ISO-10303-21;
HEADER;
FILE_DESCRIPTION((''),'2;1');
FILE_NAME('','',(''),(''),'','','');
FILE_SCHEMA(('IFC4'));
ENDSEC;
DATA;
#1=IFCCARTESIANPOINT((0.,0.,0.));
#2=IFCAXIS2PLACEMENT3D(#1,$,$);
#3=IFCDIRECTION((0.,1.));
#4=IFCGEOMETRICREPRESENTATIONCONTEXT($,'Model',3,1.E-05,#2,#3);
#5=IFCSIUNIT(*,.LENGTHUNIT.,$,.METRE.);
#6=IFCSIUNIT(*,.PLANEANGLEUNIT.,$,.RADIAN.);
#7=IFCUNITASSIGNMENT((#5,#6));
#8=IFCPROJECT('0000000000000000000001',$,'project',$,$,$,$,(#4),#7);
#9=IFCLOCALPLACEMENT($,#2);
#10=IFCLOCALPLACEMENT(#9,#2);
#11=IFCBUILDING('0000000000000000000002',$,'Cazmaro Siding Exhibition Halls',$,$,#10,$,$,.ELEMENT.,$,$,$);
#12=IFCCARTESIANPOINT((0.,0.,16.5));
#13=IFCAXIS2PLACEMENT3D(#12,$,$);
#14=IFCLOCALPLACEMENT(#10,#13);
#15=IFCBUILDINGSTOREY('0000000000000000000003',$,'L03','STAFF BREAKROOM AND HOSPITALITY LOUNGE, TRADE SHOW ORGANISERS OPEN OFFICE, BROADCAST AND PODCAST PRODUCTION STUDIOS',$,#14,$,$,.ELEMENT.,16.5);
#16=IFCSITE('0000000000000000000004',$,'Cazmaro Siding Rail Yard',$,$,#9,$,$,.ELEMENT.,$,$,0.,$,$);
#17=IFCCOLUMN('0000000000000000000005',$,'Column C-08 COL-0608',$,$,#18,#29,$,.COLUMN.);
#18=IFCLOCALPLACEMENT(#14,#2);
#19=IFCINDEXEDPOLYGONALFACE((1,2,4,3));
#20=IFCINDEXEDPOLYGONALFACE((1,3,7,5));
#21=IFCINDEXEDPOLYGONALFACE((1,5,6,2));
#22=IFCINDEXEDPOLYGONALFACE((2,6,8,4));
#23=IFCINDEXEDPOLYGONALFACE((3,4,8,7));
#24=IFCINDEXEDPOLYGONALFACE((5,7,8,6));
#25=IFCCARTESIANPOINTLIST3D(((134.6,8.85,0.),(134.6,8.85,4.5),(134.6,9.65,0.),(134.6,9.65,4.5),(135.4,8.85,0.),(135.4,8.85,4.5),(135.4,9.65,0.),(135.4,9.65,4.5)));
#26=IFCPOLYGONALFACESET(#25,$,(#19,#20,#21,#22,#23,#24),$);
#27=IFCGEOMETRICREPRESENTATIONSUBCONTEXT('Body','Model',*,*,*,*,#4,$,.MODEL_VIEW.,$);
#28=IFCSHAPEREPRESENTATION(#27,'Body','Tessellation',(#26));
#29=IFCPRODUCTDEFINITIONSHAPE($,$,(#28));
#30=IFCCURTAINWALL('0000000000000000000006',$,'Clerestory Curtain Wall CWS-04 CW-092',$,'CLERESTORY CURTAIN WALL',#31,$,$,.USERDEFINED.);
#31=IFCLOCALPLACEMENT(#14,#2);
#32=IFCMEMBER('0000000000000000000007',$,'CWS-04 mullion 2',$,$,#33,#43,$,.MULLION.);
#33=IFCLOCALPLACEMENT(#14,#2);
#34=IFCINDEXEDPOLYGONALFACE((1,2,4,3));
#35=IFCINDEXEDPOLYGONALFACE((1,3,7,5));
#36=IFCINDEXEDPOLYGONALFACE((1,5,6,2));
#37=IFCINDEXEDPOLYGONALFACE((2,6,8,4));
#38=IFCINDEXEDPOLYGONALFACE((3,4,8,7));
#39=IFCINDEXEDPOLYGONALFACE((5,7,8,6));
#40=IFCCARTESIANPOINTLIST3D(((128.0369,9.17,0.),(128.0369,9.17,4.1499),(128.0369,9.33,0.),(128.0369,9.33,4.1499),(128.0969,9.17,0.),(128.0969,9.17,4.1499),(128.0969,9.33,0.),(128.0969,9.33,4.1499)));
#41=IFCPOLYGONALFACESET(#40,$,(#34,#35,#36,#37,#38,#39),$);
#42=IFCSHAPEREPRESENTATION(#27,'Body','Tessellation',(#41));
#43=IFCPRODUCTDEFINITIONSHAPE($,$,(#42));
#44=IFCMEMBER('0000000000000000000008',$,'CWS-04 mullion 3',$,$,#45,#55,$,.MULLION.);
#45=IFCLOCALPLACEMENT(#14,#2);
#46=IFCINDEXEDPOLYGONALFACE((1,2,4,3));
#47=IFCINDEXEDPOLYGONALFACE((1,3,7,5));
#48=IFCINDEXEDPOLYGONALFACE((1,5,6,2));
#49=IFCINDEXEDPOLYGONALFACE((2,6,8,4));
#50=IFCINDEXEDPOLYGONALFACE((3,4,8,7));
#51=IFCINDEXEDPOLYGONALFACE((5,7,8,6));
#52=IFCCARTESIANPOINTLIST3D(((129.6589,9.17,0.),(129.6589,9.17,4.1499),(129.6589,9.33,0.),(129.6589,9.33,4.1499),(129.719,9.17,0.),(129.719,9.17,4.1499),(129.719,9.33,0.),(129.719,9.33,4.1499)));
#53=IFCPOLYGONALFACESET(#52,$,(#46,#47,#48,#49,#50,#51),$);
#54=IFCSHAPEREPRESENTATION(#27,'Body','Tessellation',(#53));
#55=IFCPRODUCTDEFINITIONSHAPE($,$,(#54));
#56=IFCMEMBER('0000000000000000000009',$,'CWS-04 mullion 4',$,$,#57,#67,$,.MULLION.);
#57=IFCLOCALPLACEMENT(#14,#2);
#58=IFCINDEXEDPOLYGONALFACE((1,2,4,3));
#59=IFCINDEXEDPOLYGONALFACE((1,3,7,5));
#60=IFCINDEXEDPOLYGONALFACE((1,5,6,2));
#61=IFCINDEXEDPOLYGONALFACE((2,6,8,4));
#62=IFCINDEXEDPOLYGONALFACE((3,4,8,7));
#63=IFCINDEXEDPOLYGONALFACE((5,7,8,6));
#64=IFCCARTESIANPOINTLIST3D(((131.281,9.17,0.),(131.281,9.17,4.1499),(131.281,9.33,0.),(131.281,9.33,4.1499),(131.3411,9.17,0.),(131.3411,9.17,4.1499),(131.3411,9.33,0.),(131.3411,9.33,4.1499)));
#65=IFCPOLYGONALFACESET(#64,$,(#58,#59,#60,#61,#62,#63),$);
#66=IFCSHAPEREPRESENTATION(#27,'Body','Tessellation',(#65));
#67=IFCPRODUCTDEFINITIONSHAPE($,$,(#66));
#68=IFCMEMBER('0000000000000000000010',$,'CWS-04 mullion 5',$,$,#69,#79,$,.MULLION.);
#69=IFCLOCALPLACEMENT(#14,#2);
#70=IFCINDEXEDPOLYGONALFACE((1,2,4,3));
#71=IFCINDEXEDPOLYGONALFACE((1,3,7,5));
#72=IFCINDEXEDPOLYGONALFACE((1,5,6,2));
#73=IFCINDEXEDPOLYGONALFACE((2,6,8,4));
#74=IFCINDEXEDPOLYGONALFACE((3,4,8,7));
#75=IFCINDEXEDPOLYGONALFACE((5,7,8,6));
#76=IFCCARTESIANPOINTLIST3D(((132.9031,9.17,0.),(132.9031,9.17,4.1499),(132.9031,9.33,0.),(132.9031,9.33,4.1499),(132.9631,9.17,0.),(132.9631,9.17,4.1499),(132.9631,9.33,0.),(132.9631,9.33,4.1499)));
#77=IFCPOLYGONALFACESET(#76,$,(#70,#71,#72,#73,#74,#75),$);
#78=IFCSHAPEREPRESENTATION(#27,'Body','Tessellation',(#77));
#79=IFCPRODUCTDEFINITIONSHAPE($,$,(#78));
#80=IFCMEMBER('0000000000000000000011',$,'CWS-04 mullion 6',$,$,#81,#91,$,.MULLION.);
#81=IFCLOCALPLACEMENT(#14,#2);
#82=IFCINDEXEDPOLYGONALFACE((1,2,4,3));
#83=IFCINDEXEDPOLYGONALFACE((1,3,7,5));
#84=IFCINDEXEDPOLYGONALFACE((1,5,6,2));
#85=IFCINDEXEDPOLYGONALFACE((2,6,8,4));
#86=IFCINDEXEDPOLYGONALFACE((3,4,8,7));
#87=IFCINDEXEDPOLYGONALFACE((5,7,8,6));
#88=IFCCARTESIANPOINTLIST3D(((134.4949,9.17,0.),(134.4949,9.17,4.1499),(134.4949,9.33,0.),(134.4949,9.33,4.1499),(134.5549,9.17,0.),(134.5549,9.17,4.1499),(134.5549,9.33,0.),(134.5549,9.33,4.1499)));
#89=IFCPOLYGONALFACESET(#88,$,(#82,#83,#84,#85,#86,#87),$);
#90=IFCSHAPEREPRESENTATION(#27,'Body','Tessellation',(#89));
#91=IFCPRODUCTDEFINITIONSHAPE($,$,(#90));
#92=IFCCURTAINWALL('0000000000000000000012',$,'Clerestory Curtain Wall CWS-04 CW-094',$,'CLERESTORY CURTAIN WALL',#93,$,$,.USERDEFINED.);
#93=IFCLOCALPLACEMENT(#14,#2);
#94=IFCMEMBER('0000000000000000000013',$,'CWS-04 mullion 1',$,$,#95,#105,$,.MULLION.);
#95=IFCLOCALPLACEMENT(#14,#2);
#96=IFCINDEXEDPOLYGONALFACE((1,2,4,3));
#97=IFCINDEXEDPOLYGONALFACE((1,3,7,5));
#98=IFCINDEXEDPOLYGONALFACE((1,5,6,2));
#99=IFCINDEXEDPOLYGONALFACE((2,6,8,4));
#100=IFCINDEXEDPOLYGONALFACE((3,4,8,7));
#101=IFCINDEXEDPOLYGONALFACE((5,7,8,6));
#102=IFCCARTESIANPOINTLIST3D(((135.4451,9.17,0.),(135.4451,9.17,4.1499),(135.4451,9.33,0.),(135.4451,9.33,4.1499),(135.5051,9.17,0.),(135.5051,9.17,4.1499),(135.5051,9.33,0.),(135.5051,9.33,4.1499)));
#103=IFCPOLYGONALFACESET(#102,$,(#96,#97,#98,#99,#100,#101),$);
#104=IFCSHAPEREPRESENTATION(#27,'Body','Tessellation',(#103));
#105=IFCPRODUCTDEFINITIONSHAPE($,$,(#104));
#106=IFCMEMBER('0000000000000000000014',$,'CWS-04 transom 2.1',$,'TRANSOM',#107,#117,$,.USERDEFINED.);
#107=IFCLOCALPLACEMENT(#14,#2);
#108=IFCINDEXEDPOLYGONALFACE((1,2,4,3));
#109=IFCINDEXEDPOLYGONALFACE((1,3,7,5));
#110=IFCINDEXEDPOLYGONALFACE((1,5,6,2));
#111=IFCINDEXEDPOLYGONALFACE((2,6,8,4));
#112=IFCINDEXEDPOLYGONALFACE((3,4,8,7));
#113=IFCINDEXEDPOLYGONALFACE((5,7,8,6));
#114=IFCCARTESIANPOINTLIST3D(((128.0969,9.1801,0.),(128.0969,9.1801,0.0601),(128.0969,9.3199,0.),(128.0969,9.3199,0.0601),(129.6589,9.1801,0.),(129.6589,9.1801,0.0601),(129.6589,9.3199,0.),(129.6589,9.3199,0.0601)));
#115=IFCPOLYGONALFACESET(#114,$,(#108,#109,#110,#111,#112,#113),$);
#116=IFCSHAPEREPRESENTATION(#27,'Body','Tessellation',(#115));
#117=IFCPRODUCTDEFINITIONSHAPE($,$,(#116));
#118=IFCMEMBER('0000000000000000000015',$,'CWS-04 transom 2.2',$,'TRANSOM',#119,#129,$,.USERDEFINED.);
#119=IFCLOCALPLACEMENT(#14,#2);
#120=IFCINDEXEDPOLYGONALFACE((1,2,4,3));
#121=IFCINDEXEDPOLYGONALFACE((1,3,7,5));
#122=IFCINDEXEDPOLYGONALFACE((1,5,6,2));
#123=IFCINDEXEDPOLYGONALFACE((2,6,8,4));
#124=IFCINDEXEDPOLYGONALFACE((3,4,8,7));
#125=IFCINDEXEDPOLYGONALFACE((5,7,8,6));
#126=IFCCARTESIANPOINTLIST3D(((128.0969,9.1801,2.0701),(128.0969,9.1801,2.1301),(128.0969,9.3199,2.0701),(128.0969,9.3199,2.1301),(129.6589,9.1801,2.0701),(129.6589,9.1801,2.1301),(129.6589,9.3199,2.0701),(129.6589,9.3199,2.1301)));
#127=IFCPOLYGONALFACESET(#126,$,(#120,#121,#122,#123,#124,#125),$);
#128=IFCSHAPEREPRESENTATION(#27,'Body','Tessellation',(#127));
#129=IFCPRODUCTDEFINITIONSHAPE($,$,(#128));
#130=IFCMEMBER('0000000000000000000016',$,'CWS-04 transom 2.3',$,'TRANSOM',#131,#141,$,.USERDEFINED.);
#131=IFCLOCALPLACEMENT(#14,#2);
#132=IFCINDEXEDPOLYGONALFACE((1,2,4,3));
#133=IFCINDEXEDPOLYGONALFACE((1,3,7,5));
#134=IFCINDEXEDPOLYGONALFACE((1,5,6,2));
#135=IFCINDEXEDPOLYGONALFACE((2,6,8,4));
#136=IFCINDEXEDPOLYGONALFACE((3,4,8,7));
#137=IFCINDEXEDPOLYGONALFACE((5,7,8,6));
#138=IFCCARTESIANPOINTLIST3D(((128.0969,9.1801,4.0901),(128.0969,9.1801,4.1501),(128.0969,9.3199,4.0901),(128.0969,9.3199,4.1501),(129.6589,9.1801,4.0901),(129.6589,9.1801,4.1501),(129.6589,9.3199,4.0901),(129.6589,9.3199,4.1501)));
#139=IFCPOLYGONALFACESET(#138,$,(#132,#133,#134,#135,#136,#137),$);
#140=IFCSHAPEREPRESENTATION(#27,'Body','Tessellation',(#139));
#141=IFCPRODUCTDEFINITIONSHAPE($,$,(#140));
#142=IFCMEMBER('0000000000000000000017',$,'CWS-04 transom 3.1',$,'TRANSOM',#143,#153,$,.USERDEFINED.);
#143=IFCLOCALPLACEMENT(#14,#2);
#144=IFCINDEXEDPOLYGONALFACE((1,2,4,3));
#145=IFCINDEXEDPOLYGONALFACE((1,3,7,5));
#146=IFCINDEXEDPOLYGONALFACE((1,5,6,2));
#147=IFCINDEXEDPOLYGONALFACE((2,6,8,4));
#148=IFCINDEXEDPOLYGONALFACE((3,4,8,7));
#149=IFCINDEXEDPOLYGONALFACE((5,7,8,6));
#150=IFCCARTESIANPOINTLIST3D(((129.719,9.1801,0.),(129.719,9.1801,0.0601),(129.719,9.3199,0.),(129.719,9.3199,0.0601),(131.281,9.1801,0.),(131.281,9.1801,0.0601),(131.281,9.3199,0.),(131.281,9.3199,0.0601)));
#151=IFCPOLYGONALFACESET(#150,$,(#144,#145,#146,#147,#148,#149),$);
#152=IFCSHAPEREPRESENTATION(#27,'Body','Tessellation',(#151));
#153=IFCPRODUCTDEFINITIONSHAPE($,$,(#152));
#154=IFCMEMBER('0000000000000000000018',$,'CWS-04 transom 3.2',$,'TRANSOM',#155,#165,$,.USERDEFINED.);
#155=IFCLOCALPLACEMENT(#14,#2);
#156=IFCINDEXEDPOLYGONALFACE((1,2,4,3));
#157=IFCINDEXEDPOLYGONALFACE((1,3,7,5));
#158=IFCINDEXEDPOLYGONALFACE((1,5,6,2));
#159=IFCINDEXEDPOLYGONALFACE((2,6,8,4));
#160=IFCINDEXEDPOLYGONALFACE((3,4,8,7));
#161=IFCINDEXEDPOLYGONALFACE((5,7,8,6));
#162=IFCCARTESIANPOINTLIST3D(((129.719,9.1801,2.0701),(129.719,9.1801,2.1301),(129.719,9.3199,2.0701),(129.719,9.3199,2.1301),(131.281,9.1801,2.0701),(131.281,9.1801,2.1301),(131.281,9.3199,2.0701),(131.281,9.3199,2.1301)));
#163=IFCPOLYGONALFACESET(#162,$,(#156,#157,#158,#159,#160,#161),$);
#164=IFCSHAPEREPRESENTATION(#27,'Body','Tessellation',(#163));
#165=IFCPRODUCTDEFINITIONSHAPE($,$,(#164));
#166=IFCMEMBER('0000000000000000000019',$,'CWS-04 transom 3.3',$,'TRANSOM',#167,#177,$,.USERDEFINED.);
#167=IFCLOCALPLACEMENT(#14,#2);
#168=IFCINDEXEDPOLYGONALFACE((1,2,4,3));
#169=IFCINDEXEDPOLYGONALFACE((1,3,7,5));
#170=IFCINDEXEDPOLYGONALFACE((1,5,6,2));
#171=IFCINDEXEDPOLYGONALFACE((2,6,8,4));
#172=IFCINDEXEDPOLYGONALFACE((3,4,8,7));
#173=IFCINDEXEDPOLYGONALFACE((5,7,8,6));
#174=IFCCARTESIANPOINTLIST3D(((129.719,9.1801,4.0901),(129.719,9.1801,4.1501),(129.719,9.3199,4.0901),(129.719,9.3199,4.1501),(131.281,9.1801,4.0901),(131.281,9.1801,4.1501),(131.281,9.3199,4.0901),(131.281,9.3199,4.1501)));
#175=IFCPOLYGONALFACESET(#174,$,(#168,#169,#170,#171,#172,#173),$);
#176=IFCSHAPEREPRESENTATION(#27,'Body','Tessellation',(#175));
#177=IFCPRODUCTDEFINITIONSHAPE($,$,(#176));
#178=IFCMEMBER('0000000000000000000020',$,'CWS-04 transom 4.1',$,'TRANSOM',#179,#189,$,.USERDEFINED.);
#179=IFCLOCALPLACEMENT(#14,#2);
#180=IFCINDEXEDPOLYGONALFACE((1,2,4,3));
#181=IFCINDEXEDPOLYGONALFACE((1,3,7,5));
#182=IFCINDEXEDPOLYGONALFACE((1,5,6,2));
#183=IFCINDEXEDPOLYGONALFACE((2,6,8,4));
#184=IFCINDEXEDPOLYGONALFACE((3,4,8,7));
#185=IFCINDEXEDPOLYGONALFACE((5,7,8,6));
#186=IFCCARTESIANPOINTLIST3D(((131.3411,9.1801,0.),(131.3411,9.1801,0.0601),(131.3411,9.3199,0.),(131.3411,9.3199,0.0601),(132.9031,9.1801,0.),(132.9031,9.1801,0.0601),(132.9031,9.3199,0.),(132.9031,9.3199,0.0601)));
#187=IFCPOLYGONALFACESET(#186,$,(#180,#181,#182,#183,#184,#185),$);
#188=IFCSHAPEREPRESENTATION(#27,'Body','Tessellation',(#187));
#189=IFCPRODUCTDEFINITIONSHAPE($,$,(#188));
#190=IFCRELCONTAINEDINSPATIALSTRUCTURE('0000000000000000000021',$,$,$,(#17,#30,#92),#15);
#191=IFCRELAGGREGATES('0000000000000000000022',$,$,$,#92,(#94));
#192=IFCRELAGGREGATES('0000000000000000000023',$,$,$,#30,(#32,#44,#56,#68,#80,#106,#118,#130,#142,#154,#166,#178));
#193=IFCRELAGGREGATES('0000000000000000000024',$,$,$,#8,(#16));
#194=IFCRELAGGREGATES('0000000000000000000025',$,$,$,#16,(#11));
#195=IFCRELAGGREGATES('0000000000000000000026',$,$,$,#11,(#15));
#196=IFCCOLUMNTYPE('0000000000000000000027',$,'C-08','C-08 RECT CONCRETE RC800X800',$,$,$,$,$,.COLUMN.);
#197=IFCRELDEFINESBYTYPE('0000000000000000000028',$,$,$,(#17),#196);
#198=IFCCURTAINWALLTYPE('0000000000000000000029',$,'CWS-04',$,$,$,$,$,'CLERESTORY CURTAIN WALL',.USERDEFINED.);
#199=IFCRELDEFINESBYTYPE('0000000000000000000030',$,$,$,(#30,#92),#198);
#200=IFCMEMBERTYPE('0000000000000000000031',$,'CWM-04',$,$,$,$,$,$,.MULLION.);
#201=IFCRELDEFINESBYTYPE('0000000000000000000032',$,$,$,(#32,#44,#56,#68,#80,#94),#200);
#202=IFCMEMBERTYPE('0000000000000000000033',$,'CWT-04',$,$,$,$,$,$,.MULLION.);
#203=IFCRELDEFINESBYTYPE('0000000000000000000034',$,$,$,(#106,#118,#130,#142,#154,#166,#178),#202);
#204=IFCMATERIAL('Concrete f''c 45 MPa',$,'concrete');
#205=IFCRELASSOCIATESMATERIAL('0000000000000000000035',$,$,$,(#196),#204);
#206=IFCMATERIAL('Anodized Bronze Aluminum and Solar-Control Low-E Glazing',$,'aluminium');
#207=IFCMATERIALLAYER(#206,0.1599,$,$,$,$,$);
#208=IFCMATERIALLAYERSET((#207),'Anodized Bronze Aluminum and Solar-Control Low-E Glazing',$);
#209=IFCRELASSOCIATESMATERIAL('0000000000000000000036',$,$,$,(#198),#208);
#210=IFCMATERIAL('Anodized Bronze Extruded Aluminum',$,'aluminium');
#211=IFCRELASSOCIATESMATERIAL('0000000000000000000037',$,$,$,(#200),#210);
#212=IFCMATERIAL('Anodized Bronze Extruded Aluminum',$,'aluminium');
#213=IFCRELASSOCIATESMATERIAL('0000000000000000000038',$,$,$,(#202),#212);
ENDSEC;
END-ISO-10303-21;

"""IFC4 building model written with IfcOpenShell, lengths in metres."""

from ifc_helpers import new_model, si_unit, direction, frame, origin, origin_2d, place, context, subcontext, project, spatial, rectangle, extrude, material, layer, layer_set, material_profile, profile_set, type_object, element, aggregate, save


model = new_model("IFC4")

# Units and contexts
model_context = context("Model", 3, precision=1e-05, world=origin(), true_north=direction((0.0, 1.0)))
body_context = subcontext(model_context, "Body", "Model", "MODEL_VIEW")
ifc_project = project(units=[si_unit("LENGTHUNIT", "METRE"), si_unit("PLANEANGLEUNIT", "RADIAN")], contexts=[model_context])

# Site, building, storey
site_placement = place(None, origin())
site = spatial("IfcSite", under=ifc_project, at=site_placement, Name="Cazmaro Siding Rail Yard", CompositionType="ELEMENT", RefElevation=0.0)
building_placement = place(site_placement, origin())
building = spatial("IfcBuilding", under=site, at=building_placement, Name="Cazmaro Siding Exhibition Halls", CompositionType="ELEMENT")
storey_placement = place(building_placement, frame((0.0, 0.0, 16.5)))
storey = spatial("IfcBuildingStorey", under=building, at=storey_placement, Name="L03", Description="STAFF BREAKROOM AND HOSPITALITY LOUNGE, TRADE SHOW ORGANISERS OPEN OFFICE, BROADCAST AND PODCAST PRODUCTION STUDIOS", CompositionType="ELEMENT", Elevation=16.5)

# Column
ifc_material_1 = material(Name="Concrete f'c 45 MPa", Category="concrete")
ifc_material_profile_1 = material_profile(ifc_material_1, rectangle(XDim=0.8, YDim=0.8, at=origin_2d()), Name="RC800X800")
ifc_profile_set_1 = profile_set([ifc_material_profile_1], Name="Concrete f'c 45 MPa")
column_type = type_object("IfcColumnType", Name="C-08", Description="C-08 RECT CONCRETE RC800X800", PredefinedType="COLUMN", material=ifc_profile_set_1)
column_placement = place(storey_placement, frame((135.0, 9.25, 0.0), z_axis=(0.0, 0.0, 1.0), x_axis=(1.0, 0.0, 0.0)))
element("IfcColumn", 1, at=column_placement, inside=storey, type_object=column_type, Name="Column C-08 COL-0608", PredefinedType="COLUMN", context=body_context, shape_type="SweptSolid", body=[
    extrude(rectangle(XDim=0.8, YDim=0.8, at=origin_2d()), origin(), (0.0, 0.0, 1.0), 4.5),
])

# Curtain wall, members
ifc_material_2 = material(Name="Anodized Bronze Aluminum and Solar-Control Low-E Glazing", Category="aluminium")
ifc_layer_1 = layer(ifc_material_2, 0.1599)
ifc_layer_set_1 = layer_set([ifc_layer_1], Name="Anodized Bronze Aluminum and Solar-Control Low-E Glazing")
curtain_wall_type = type_object("IfcCurtainWallType", Name="CWS-04", ElementType="CLERESTORY CURTAIN WALL", PredefinedType="USERDEFINED", material=ifc_layer_set_1)
curtain_wall_1_placement = place(storey_placement, origin())
curtain_wall_1 = element("IfcCurtainWall", 2, at=curtain_wall_1_placement, inside=storey, type_object=curtain_wall_type, Name="Clerestory Curtain Wall CWS-04 CW-092", ObjectType="CLERESTORY CURTAIN WALL", PredefinedType="USERDEFINED")
ifc_material_3 = material(Name="Anodized Bronze Extruded Aluminum", Category="aluminium")
ifc_material_profile_2 = material_profile(ifc_material_3, rectangle(XDim=0.1599, YDim=0.0601, at=origin_2d()), Name="CWM-04")
ifc_profile_set_2 = profile_set([ifc_material_profile_2], Name="Anodized Bronze Extruded Aluminum")
member_type_1 = type_object("IfcMemberType", Name="CWM-04", PredefinedType="MULLION", material=ifc_profile_set_2)
member_1_placement = place(storey_placement, frame((128.0669, 9.25, 0.0), z_axis=(0.0, 0.0, 1.0), x_axis=(0.0, 1.0, 0.0)))
member_1 = element("IfcMember", 3, at=member_1_placement, type_object=member_type_1, Name="CWS-04 mullion 2", PredefinedType="MULLION", context=body_context, shape_type="SweptSolid", body=[
    extrude(rectangle(XDim=0.1599, YDim=0.0601, at=origin_2d()), origin(), (0.0, 0.0, 1.0), 4.1499),
])
member_2_placement = place(storey_placement, frame((129.689, 9.25, 0.0), z_axis=(0.0, 0.0, 1.0), x_axis=(0.0, 1.0, 0.0)))
member_2 = element("IfcMember", 4, at=member_2_placement, type_object=member_type_1, Name="CWS-04 mullion 3", PredefinedType="MULLION", context=body_context, shape_type="SweptSolid", body=[
    extrude(rectangle(XDim=0.1599, YDim=0.0601, at=origin_2d()), origin(), (0.0, 0.0, 1.0), 4.1499),
])
member_3_placement = place(storey_placement, frame((131.311, 9.25, 0.0), z_axis=(0.0, 0.0, 1.0), x_axis=(0.0, 1.0, 0.0)))
member_3 = element("IfcMember", 5, at=member_3_placement, type_object=member_type_1, Name="CWS-04 mullion 4", PredefinedType="MULLION", context=body_context, shape_type="SweptSolid", body=[
    extrude(rectangle(XDim=0.1599, YDim=0.0601, at=origin_2d()), origin(), (0.0, 0.0, 1.0), 4.1499),
])
member_4_placement = place(storey_placement, frame((132.9331, 9.25, 0.0), z_axis=(0.0, 0.0, 1.0), x_axis=(0.0, 1.0, 0.0)))
member_4 = element("IfcMember", 6, at=member_4_placement, type_object=member_type_1, Name="CWS-04 mullion 5", PredefinedType="MULLION", context=body_context, shape_type="SweptSolid", body=[
    extrude(rectangle(XDim=0.1599, YDim=0.0601, at=origin_2d()), origin(), (0.0, 0.0, 1.0), 4.1499),
])
member_5_placement = place(storey_placement, frame((134.5249, 9.25, 0.0), z_axis=(0.0, 0.0, 1.0), x_axis=(0.0, 1.0, 0.0)))
member_5 = element("IfcMember", 7, at=member_5_placement, type_object=member_type_1, Name="CWS-04 mullion 6", PredefinedType="MULLION", context=body_context, shape_type="SweptSolid", body=[
    extrude(rectangle(XDim=0.1599, YDim=0.0601, at=origin_2d()), origin(), (0.0, 0.0, 1.0), 4.1499),
])

# Curtain wall, member
curtain_wall_2_placement = place(storey_placement, origin())
curtain_wall_2 = element("IfcCurtainWall", 8, at=curtain_wall_2_placement, inside=storey, type_object=curtain_wall_type, Name="Clerestory Curtain Wall CWS-04 CW-094", ObjectType="CLERESTORY CURTAIN WALL", PredefinedType="USERDEFINED")
member_6_placement = place(storey_placement, frame((135.4751, 9.25, 0.0), z_axis=(0.0, 0.0, 1.0), x_axis=(0.0, 1.0, 0.0)))
member_6 = element("IfcMember", 9, at=member_6_placement, type_object=member_type_1, Name="CWS-04 mullion 1", PredefinedType="MULLION", context=body_context, shape_type="SweptSolid", body=[
    extrude(rectangle(XDim=0.1599, YDim=0.0601, at=origin_2d()), origin(), (0.0, 0.0, 1.0), 4.1499),
])

# Members
ifc_material_4 = material(Name="Anodized Bronze Extruded Aluminum", Category="aluminium")
ifc_material_profile_3 = material_profile(ifc_material_4, rectangle(XDim=0.1399, YDim=0.0601, at=origin_2d()), Name="CWT-04")
ifc_profile_set_3 = profile_set([ifc_material_profile_3], Name="Anodized Bronze Extruded Aluminum")
member_type_2 = type_object("IfcMemberType", Name="CWT-04", PredefinedType="MULLION", material=ifc_profile_set_3)
member_7_placement = place(storey_placement, frame((128.0969, 9.25, 0.03), z_axis=(1.0, 0.0, 0.0), x_axis=(0.0, 1.0, 0.0)))
member_7 = element("IfcMember", 10, at=member_7_placement, type_object=member_type_2, Name="CWS-04 transom 2.1", ObjectType="TRANSOM", PredefinedType="USERDEFINED", context=body_context, shape_type="SweptSolid", body=[
    extrude(rectangle(XDim=0.1399, YDim=0.0601, at=origin_2d()), origin(), (0.0, 0.0, 1.0), 1.562),
])
member_8_placement = place(storey_placement, frame((128.0969, 9.25, 2.1001), z_axis=(1.0, 0.0, 0.0), x_axis=(0.0, 1.0, 0.0)))
member_8 = element("IfcMember", 11, at=member_8_placement, type_object=member_type_2, Name="CWS-04 transom 2.2", ObjectType="TRANSOM", PredefinedType="USERDEFINED", context=body_context, shape_type="SweptSolid", body=[
    extrude(rectangle(XDim=0.1399, YDim=0.0601, at=origin_2d()), origin(), (0.0, 0.0, 1.0), 1.562),
])
member_9_placement = place(storey_placement, frame((128.0969, 9.25, 4.1201), z_axis=(1.0, 0.0, 0.0), x_axis=(0.0, 1.0, 0.0)))
member_9 = element("IfcMember", 12, at=member_9_placement, type_object=member_type_2, Name="CWS-04 transom 2.3", ObjectType="TRANSOM", PredefinedType="USERDEFINED", context=body_context, shape_type="SweptSolid", body=[
    extrude(rectangle(XDim=0.1399, YDim=0.0601, at=origin_2d()), origin(), (0.0, 0.0, 1.0), 1.562),
])
member_10_placement = place(storey_placement, frame((129.719, 9.25, 0.03), z_axis=(1.0, 0.0, 0.0), x_axis=(0.0, 1.0, 0.0)))
member_10 = element("IfcMember", 13, at=member_10_placement, type_object=member_type_2, Name="CWS-04 transom 3.1", ObjectType="TRANSOM", PredefinedType="USERDEFINED", context=body_context, shape_type="SweptSolid", body=[
    extrude(rectangle(XDim=0.1399, YDim=0.0601, at=origin_2d()), origin(), (0.0, 0.0, 1.0), 1.562),
])
member_11_placement = place(storey_placement, frame((129.719, 9.25, 2.1001), z_axis=(1.0, 0.0, 0.0), x_axis=(0.0, 1.0, 0.0)))
member_11 = element("IfcMember", 14, at=member_11_placement, type_object=member_type_2, Name="CWS-04 transom 3.2", ObjectType="TRANSOM", PredefinedType="USERDEFINED", context=body_context, shape_type="SweptSolid", body=[
    extrude(rectangle(XDim=0.1399, YDim=0.0601, at=origin_2d()), origin(), (0.0, 0.0, 1.0), 1.562),
])
member_12_placement = place(storey_placement, frame((129.719, 9.25, 4.1201), z_axis=(1.0, 0.0, 0.0), x_axis=(0.0, 1.0, 0.0)))
member_12 = element("IfcMember", 15, at=member_12_placement, type_object=member_type_2, Name="CWS-04 transom 3.3", ObjectType="TRANSOM", PredefinedType="USERDEFINED", context=body_context, shape_type="SweptSolid", body=[
    extrude(rectangle(XDim=0.1399, YDim=0.0601, at=origin_2d()), origin(), (0.0, 0.0, 1.0), 1.562),
])
member_13_placement = place(storey_placement, frame((131.3411, 9.25, 0.03), z_axis=(1.0, 0.0, 0.0), x_axis=(0.0, 1.0, 0.0)))
member_13 = element("IfcMember", 16, at=member_13_placement, type_object=member_type_2, Name="CWS-04 transom 4.1", ObjectType="TRANSOM", PredefinedType="USERDEFINED", context=body_context, shape_type="SweptSolid", body=[
    extrude(rectangle(XDim=0.1399, YDim=0.0601, at=origin_2d()), origin(), (0.0, 0.0, 1.0), 1.562),
])
aggregate(curtain_wall_2, [member_6])

aggregate(curtain_wall_1, [member_1, member_2, member_3, member_4, member_5, member_7, member_8, member_9, member_10, member_11, member_12, member_13])

save(model, "model.ifc")
